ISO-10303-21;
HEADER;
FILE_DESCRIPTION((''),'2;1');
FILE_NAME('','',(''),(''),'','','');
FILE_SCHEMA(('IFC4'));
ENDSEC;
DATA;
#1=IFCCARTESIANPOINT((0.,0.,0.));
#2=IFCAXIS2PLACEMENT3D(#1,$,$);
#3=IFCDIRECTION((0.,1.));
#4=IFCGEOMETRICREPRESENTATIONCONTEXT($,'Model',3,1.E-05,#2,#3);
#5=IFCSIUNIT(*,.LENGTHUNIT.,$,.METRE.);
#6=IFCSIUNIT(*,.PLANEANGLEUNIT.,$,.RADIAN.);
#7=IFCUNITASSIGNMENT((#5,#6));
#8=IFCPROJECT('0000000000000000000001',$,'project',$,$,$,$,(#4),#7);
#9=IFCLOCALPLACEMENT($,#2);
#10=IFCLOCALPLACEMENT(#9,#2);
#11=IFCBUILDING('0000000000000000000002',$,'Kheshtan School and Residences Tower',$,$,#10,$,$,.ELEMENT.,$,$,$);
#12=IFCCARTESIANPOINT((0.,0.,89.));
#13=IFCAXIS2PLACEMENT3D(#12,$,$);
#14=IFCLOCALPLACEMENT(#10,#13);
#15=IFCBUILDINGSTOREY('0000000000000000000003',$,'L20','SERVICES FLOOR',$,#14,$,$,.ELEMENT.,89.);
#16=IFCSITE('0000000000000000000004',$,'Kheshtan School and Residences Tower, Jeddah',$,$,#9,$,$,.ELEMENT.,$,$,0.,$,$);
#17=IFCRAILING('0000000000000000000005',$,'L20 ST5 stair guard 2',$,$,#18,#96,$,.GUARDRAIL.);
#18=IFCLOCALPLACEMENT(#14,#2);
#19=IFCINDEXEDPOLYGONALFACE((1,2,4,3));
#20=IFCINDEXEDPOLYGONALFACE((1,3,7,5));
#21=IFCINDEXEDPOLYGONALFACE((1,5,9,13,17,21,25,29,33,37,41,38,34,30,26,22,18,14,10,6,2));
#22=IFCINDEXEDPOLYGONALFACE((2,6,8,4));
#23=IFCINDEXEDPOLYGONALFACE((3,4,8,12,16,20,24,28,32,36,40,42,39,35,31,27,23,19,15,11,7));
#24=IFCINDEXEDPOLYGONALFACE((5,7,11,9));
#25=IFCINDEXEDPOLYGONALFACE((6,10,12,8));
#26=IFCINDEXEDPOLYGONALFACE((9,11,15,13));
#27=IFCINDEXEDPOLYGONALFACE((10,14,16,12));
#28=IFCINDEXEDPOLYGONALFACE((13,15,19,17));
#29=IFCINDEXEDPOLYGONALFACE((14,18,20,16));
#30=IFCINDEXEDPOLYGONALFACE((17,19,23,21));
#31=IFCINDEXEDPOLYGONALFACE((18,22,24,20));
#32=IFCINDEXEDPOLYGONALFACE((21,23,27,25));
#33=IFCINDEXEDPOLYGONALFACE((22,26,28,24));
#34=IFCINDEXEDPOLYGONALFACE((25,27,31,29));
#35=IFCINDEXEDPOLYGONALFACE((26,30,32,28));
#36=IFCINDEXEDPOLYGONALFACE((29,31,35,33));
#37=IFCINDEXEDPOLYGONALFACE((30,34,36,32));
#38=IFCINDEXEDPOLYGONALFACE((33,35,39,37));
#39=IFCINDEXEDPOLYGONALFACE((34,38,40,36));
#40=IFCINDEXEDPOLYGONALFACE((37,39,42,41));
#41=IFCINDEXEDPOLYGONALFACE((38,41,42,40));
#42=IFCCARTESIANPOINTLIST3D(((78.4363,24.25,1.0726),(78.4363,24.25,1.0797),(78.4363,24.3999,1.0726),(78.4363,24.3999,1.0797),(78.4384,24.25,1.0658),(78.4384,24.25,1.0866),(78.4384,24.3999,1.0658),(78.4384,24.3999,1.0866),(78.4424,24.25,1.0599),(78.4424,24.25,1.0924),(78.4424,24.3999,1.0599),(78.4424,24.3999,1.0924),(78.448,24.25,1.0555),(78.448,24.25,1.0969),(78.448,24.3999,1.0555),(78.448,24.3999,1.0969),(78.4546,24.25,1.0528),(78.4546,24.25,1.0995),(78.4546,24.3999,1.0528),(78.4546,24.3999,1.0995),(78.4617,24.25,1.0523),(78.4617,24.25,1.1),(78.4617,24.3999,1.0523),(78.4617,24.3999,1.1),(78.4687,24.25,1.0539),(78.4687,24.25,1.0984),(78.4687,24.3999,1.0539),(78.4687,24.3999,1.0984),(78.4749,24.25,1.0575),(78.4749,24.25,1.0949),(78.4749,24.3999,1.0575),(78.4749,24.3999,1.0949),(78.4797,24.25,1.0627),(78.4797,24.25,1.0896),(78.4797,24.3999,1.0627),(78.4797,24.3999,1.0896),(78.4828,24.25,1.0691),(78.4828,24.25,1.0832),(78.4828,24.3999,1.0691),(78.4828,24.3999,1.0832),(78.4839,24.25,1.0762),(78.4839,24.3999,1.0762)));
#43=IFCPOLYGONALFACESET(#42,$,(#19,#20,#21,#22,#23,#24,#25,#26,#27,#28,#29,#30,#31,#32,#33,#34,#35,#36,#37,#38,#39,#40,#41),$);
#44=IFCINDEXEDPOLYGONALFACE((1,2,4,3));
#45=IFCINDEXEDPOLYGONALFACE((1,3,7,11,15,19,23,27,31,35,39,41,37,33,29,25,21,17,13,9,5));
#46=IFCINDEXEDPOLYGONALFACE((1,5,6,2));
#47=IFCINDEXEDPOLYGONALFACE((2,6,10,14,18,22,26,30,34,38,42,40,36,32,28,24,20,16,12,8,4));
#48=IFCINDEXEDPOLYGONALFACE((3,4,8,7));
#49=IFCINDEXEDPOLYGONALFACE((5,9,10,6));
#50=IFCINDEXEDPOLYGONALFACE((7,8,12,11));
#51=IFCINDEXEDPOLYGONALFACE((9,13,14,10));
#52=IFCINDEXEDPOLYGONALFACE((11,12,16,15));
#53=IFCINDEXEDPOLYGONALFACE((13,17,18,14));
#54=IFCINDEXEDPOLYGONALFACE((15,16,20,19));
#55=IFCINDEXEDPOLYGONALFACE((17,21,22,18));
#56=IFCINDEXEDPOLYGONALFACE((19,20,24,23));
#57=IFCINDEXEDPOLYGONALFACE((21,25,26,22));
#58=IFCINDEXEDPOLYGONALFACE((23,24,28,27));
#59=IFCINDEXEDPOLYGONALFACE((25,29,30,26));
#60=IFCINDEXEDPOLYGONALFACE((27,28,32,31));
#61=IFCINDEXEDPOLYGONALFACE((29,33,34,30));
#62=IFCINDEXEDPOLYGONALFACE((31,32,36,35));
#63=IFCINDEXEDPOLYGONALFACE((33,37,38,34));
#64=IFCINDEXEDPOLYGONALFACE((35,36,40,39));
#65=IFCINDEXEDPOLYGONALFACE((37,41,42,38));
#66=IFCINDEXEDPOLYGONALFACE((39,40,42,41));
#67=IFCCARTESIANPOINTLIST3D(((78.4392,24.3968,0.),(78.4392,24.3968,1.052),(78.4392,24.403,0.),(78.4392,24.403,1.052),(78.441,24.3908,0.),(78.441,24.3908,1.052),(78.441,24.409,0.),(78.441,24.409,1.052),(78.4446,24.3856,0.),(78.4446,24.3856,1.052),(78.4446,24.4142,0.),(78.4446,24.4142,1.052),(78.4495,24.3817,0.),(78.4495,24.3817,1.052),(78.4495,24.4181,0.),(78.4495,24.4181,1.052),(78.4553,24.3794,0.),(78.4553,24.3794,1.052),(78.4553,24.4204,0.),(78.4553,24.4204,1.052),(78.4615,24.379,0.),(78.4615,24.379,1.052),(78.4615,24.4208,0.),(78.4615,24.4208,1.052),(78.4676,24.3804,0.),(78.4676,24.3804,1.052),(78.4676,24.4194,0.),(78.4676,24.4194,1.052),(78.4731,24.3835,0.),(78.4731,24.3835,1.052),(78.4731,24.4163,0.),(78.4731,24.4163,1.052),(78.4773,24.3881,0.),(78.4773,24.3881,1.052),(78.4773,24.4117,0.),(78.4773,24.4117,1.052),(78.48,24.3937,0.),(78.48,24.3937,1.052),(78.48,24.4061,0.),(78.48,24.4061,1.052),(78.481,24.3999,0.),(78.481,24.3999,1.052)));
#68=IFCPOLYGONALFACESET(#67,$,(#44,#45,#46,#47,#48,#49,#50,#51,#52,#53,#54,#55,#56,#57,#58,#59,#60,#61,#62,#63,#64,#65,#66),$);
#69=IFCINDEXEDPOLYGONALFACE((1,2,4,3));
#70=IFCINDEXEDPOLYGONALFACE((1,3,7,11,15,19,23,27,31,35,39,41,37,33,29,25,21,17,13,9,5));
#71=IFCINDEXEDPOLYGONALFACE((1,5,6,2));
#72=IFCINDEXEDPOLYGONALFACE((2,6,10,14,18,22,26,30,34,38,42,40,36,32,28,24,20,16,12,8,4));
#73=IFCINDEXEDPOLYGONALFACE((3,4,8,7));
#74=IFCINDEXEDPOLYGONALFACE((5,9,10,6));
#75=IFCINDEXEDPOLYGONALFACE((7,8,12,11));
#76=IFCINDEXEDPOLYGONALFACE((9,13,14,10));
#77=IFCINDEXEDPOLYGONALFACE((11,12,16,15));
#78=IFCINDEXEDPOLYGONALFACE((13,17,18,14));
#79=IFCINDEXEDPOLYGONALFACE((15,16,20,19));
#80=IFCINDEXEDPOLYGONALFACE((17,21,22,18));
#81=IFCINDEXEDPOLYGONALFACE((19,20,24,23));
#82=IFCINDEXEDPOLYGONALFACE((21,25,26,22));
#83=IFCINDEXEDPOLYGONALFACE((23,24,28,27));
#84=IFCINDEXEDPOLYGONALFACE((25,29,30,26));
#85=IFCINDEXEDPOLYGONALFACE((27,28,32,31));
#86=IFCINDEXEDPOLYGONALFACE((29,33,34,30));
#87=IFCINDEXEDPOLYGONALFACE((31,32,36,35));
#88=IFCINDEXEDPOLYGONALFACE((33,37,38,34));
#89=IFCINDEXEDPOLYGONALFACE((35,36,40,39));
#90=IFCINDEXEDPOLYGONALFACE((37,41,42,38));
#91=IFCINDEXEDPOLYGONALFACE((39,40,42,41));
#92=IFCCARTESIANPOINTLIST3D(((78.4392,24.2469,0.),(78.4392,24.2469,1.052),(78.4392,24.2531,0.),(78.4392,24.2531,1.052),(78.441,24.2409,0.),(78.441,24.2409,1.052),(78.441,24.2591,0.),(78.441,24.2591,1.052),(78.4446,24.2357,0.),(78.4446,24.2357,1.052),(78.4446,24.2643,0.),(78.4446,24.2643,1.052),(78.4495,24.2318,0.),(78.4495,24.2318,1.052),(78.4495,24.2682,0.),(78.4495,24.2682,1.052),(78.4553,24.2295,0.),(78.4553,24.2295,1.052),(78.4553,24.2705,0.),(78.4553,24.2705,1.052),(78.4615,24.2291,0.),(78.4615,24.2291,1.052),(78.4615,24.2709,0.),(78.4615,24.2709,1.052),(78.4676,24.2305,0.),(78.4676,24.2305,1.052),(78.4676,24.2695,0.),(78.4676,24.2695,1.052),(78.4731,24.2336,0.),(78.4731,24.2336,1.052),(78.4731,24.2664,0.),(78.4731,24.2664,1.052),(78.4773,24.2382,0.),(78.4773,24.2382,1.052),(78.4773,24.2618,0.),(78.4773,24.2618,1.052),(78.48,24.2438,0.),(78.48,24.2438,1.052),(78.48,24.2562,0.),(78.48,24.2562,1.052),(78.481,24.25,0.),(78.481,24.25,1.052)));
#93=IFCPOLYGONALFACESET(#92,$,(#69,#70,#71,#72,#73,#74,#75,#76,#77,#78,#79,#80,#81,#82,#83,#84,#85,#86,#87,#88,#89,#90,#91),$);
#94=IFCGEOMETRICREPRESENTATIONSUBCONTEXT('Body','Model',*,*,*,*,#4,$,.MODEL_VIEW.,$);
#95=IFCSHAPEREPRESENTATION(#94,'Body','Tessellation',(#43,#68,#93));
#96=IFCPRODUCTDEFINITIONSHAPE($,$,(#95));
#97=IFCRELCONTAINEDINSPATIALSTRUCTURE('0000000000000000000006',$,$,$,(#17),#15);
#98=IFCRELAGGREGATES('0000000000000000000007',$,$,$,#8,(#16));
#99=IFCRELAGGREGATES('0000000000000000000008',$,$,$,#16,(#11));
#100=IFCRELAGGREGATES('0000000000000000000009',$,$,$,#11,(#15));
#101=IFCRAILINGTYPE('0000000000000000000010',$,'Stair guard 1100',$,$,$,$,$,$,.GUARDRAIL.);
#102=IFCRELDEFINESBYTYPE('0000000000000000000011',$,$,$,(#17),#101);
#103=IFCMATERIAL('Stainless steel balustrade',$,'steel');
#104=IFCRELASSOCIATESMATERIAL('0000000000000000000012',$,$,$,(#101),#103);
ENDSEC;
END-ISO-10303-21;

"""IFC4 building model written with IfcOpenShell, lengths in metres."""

from ifc_helpers import new_model, si_unit, direction, frame, origin, origin_2d, place, context, subcontext, project, spatial, circle, extrude, material, type_object, element, save


model = new_model("IFC4")

# Units and contexts
model_context = context("Model", 3, precision=1e-05, world=origin(), true_north=direction((0.0, 1.0)))
body_context = subcontext(model_context, "Body", "Model", "MODEL_VIEW")
ifc_project = project(units=[si_unit("LENGTHUNIT", "METRE"), si_unit("PLANEANGLEUNIT", "RADIAN")], contexts=[model_context])

# Site, building, storey
site_placement = place(None, origin())
site = spatial("IfcSite", under=ifc_project, at=site_placement, Name="Kheshtan School and Residences Tower, Jeddah", CompositionType="ELEMENT", RefElevation=0.0)
building_placement = place(site_placement, origin())
building = spatial("IfcBuilding", under=site, at=building_placement, Name="Kheshtan School and Residences Tower", CompositionType="ELEMENT")
storey_placement = place(building_placement, frame((0.0, 0.0, 89.0)))
storey = spatial("IfcBuildingStorey", under=building, at=storey_placement, Name="L20", Description="SERVICES FLOOR", CompositionType="ELEMENT", Elevation=89.0)

# Railing
ifc_material_1 = material(Name="Stainless steel balustrade", Category="steel")
railing_type_1 = type_object("IfcRailingType", Name="Stair guard 1100", PredefinedType="GUARDRAIL", material=ifc_material_1)
railing_1_placement = place(storey_placement, frame((78.46, 24.3999, 0.0)))
element("IfcRailing", 1, at=railing_1_placement, inside=storey, type_object=railing_type_1, Name="L20 ST5 stair guard 2", PredefinedType="GUARDRAIL", context=body_context, shape_type="SweptSolid", body=[
    extrude(circle(Radius=0.0239, at=origin_2d()), frame((0.0, 0.0, 1.0762), z_axis=(0.0, -1.0, 0.0), x_axis=(1.0, 0.0, 0.0)), (0.0, 0.0, 1.0), 0.1499),
    extrude(circle(Radius=0.021, at=origin_2d()), origin(), (0.0, 0.0, 1.0), 1.052),
    extrude(circle(Radius=0.021, at=origin_2d()), frame((0.0, -0.1499, 0.0)), (0.0, 0.0, 1.0), 1.052),
])

save(model, "model.ifc")
